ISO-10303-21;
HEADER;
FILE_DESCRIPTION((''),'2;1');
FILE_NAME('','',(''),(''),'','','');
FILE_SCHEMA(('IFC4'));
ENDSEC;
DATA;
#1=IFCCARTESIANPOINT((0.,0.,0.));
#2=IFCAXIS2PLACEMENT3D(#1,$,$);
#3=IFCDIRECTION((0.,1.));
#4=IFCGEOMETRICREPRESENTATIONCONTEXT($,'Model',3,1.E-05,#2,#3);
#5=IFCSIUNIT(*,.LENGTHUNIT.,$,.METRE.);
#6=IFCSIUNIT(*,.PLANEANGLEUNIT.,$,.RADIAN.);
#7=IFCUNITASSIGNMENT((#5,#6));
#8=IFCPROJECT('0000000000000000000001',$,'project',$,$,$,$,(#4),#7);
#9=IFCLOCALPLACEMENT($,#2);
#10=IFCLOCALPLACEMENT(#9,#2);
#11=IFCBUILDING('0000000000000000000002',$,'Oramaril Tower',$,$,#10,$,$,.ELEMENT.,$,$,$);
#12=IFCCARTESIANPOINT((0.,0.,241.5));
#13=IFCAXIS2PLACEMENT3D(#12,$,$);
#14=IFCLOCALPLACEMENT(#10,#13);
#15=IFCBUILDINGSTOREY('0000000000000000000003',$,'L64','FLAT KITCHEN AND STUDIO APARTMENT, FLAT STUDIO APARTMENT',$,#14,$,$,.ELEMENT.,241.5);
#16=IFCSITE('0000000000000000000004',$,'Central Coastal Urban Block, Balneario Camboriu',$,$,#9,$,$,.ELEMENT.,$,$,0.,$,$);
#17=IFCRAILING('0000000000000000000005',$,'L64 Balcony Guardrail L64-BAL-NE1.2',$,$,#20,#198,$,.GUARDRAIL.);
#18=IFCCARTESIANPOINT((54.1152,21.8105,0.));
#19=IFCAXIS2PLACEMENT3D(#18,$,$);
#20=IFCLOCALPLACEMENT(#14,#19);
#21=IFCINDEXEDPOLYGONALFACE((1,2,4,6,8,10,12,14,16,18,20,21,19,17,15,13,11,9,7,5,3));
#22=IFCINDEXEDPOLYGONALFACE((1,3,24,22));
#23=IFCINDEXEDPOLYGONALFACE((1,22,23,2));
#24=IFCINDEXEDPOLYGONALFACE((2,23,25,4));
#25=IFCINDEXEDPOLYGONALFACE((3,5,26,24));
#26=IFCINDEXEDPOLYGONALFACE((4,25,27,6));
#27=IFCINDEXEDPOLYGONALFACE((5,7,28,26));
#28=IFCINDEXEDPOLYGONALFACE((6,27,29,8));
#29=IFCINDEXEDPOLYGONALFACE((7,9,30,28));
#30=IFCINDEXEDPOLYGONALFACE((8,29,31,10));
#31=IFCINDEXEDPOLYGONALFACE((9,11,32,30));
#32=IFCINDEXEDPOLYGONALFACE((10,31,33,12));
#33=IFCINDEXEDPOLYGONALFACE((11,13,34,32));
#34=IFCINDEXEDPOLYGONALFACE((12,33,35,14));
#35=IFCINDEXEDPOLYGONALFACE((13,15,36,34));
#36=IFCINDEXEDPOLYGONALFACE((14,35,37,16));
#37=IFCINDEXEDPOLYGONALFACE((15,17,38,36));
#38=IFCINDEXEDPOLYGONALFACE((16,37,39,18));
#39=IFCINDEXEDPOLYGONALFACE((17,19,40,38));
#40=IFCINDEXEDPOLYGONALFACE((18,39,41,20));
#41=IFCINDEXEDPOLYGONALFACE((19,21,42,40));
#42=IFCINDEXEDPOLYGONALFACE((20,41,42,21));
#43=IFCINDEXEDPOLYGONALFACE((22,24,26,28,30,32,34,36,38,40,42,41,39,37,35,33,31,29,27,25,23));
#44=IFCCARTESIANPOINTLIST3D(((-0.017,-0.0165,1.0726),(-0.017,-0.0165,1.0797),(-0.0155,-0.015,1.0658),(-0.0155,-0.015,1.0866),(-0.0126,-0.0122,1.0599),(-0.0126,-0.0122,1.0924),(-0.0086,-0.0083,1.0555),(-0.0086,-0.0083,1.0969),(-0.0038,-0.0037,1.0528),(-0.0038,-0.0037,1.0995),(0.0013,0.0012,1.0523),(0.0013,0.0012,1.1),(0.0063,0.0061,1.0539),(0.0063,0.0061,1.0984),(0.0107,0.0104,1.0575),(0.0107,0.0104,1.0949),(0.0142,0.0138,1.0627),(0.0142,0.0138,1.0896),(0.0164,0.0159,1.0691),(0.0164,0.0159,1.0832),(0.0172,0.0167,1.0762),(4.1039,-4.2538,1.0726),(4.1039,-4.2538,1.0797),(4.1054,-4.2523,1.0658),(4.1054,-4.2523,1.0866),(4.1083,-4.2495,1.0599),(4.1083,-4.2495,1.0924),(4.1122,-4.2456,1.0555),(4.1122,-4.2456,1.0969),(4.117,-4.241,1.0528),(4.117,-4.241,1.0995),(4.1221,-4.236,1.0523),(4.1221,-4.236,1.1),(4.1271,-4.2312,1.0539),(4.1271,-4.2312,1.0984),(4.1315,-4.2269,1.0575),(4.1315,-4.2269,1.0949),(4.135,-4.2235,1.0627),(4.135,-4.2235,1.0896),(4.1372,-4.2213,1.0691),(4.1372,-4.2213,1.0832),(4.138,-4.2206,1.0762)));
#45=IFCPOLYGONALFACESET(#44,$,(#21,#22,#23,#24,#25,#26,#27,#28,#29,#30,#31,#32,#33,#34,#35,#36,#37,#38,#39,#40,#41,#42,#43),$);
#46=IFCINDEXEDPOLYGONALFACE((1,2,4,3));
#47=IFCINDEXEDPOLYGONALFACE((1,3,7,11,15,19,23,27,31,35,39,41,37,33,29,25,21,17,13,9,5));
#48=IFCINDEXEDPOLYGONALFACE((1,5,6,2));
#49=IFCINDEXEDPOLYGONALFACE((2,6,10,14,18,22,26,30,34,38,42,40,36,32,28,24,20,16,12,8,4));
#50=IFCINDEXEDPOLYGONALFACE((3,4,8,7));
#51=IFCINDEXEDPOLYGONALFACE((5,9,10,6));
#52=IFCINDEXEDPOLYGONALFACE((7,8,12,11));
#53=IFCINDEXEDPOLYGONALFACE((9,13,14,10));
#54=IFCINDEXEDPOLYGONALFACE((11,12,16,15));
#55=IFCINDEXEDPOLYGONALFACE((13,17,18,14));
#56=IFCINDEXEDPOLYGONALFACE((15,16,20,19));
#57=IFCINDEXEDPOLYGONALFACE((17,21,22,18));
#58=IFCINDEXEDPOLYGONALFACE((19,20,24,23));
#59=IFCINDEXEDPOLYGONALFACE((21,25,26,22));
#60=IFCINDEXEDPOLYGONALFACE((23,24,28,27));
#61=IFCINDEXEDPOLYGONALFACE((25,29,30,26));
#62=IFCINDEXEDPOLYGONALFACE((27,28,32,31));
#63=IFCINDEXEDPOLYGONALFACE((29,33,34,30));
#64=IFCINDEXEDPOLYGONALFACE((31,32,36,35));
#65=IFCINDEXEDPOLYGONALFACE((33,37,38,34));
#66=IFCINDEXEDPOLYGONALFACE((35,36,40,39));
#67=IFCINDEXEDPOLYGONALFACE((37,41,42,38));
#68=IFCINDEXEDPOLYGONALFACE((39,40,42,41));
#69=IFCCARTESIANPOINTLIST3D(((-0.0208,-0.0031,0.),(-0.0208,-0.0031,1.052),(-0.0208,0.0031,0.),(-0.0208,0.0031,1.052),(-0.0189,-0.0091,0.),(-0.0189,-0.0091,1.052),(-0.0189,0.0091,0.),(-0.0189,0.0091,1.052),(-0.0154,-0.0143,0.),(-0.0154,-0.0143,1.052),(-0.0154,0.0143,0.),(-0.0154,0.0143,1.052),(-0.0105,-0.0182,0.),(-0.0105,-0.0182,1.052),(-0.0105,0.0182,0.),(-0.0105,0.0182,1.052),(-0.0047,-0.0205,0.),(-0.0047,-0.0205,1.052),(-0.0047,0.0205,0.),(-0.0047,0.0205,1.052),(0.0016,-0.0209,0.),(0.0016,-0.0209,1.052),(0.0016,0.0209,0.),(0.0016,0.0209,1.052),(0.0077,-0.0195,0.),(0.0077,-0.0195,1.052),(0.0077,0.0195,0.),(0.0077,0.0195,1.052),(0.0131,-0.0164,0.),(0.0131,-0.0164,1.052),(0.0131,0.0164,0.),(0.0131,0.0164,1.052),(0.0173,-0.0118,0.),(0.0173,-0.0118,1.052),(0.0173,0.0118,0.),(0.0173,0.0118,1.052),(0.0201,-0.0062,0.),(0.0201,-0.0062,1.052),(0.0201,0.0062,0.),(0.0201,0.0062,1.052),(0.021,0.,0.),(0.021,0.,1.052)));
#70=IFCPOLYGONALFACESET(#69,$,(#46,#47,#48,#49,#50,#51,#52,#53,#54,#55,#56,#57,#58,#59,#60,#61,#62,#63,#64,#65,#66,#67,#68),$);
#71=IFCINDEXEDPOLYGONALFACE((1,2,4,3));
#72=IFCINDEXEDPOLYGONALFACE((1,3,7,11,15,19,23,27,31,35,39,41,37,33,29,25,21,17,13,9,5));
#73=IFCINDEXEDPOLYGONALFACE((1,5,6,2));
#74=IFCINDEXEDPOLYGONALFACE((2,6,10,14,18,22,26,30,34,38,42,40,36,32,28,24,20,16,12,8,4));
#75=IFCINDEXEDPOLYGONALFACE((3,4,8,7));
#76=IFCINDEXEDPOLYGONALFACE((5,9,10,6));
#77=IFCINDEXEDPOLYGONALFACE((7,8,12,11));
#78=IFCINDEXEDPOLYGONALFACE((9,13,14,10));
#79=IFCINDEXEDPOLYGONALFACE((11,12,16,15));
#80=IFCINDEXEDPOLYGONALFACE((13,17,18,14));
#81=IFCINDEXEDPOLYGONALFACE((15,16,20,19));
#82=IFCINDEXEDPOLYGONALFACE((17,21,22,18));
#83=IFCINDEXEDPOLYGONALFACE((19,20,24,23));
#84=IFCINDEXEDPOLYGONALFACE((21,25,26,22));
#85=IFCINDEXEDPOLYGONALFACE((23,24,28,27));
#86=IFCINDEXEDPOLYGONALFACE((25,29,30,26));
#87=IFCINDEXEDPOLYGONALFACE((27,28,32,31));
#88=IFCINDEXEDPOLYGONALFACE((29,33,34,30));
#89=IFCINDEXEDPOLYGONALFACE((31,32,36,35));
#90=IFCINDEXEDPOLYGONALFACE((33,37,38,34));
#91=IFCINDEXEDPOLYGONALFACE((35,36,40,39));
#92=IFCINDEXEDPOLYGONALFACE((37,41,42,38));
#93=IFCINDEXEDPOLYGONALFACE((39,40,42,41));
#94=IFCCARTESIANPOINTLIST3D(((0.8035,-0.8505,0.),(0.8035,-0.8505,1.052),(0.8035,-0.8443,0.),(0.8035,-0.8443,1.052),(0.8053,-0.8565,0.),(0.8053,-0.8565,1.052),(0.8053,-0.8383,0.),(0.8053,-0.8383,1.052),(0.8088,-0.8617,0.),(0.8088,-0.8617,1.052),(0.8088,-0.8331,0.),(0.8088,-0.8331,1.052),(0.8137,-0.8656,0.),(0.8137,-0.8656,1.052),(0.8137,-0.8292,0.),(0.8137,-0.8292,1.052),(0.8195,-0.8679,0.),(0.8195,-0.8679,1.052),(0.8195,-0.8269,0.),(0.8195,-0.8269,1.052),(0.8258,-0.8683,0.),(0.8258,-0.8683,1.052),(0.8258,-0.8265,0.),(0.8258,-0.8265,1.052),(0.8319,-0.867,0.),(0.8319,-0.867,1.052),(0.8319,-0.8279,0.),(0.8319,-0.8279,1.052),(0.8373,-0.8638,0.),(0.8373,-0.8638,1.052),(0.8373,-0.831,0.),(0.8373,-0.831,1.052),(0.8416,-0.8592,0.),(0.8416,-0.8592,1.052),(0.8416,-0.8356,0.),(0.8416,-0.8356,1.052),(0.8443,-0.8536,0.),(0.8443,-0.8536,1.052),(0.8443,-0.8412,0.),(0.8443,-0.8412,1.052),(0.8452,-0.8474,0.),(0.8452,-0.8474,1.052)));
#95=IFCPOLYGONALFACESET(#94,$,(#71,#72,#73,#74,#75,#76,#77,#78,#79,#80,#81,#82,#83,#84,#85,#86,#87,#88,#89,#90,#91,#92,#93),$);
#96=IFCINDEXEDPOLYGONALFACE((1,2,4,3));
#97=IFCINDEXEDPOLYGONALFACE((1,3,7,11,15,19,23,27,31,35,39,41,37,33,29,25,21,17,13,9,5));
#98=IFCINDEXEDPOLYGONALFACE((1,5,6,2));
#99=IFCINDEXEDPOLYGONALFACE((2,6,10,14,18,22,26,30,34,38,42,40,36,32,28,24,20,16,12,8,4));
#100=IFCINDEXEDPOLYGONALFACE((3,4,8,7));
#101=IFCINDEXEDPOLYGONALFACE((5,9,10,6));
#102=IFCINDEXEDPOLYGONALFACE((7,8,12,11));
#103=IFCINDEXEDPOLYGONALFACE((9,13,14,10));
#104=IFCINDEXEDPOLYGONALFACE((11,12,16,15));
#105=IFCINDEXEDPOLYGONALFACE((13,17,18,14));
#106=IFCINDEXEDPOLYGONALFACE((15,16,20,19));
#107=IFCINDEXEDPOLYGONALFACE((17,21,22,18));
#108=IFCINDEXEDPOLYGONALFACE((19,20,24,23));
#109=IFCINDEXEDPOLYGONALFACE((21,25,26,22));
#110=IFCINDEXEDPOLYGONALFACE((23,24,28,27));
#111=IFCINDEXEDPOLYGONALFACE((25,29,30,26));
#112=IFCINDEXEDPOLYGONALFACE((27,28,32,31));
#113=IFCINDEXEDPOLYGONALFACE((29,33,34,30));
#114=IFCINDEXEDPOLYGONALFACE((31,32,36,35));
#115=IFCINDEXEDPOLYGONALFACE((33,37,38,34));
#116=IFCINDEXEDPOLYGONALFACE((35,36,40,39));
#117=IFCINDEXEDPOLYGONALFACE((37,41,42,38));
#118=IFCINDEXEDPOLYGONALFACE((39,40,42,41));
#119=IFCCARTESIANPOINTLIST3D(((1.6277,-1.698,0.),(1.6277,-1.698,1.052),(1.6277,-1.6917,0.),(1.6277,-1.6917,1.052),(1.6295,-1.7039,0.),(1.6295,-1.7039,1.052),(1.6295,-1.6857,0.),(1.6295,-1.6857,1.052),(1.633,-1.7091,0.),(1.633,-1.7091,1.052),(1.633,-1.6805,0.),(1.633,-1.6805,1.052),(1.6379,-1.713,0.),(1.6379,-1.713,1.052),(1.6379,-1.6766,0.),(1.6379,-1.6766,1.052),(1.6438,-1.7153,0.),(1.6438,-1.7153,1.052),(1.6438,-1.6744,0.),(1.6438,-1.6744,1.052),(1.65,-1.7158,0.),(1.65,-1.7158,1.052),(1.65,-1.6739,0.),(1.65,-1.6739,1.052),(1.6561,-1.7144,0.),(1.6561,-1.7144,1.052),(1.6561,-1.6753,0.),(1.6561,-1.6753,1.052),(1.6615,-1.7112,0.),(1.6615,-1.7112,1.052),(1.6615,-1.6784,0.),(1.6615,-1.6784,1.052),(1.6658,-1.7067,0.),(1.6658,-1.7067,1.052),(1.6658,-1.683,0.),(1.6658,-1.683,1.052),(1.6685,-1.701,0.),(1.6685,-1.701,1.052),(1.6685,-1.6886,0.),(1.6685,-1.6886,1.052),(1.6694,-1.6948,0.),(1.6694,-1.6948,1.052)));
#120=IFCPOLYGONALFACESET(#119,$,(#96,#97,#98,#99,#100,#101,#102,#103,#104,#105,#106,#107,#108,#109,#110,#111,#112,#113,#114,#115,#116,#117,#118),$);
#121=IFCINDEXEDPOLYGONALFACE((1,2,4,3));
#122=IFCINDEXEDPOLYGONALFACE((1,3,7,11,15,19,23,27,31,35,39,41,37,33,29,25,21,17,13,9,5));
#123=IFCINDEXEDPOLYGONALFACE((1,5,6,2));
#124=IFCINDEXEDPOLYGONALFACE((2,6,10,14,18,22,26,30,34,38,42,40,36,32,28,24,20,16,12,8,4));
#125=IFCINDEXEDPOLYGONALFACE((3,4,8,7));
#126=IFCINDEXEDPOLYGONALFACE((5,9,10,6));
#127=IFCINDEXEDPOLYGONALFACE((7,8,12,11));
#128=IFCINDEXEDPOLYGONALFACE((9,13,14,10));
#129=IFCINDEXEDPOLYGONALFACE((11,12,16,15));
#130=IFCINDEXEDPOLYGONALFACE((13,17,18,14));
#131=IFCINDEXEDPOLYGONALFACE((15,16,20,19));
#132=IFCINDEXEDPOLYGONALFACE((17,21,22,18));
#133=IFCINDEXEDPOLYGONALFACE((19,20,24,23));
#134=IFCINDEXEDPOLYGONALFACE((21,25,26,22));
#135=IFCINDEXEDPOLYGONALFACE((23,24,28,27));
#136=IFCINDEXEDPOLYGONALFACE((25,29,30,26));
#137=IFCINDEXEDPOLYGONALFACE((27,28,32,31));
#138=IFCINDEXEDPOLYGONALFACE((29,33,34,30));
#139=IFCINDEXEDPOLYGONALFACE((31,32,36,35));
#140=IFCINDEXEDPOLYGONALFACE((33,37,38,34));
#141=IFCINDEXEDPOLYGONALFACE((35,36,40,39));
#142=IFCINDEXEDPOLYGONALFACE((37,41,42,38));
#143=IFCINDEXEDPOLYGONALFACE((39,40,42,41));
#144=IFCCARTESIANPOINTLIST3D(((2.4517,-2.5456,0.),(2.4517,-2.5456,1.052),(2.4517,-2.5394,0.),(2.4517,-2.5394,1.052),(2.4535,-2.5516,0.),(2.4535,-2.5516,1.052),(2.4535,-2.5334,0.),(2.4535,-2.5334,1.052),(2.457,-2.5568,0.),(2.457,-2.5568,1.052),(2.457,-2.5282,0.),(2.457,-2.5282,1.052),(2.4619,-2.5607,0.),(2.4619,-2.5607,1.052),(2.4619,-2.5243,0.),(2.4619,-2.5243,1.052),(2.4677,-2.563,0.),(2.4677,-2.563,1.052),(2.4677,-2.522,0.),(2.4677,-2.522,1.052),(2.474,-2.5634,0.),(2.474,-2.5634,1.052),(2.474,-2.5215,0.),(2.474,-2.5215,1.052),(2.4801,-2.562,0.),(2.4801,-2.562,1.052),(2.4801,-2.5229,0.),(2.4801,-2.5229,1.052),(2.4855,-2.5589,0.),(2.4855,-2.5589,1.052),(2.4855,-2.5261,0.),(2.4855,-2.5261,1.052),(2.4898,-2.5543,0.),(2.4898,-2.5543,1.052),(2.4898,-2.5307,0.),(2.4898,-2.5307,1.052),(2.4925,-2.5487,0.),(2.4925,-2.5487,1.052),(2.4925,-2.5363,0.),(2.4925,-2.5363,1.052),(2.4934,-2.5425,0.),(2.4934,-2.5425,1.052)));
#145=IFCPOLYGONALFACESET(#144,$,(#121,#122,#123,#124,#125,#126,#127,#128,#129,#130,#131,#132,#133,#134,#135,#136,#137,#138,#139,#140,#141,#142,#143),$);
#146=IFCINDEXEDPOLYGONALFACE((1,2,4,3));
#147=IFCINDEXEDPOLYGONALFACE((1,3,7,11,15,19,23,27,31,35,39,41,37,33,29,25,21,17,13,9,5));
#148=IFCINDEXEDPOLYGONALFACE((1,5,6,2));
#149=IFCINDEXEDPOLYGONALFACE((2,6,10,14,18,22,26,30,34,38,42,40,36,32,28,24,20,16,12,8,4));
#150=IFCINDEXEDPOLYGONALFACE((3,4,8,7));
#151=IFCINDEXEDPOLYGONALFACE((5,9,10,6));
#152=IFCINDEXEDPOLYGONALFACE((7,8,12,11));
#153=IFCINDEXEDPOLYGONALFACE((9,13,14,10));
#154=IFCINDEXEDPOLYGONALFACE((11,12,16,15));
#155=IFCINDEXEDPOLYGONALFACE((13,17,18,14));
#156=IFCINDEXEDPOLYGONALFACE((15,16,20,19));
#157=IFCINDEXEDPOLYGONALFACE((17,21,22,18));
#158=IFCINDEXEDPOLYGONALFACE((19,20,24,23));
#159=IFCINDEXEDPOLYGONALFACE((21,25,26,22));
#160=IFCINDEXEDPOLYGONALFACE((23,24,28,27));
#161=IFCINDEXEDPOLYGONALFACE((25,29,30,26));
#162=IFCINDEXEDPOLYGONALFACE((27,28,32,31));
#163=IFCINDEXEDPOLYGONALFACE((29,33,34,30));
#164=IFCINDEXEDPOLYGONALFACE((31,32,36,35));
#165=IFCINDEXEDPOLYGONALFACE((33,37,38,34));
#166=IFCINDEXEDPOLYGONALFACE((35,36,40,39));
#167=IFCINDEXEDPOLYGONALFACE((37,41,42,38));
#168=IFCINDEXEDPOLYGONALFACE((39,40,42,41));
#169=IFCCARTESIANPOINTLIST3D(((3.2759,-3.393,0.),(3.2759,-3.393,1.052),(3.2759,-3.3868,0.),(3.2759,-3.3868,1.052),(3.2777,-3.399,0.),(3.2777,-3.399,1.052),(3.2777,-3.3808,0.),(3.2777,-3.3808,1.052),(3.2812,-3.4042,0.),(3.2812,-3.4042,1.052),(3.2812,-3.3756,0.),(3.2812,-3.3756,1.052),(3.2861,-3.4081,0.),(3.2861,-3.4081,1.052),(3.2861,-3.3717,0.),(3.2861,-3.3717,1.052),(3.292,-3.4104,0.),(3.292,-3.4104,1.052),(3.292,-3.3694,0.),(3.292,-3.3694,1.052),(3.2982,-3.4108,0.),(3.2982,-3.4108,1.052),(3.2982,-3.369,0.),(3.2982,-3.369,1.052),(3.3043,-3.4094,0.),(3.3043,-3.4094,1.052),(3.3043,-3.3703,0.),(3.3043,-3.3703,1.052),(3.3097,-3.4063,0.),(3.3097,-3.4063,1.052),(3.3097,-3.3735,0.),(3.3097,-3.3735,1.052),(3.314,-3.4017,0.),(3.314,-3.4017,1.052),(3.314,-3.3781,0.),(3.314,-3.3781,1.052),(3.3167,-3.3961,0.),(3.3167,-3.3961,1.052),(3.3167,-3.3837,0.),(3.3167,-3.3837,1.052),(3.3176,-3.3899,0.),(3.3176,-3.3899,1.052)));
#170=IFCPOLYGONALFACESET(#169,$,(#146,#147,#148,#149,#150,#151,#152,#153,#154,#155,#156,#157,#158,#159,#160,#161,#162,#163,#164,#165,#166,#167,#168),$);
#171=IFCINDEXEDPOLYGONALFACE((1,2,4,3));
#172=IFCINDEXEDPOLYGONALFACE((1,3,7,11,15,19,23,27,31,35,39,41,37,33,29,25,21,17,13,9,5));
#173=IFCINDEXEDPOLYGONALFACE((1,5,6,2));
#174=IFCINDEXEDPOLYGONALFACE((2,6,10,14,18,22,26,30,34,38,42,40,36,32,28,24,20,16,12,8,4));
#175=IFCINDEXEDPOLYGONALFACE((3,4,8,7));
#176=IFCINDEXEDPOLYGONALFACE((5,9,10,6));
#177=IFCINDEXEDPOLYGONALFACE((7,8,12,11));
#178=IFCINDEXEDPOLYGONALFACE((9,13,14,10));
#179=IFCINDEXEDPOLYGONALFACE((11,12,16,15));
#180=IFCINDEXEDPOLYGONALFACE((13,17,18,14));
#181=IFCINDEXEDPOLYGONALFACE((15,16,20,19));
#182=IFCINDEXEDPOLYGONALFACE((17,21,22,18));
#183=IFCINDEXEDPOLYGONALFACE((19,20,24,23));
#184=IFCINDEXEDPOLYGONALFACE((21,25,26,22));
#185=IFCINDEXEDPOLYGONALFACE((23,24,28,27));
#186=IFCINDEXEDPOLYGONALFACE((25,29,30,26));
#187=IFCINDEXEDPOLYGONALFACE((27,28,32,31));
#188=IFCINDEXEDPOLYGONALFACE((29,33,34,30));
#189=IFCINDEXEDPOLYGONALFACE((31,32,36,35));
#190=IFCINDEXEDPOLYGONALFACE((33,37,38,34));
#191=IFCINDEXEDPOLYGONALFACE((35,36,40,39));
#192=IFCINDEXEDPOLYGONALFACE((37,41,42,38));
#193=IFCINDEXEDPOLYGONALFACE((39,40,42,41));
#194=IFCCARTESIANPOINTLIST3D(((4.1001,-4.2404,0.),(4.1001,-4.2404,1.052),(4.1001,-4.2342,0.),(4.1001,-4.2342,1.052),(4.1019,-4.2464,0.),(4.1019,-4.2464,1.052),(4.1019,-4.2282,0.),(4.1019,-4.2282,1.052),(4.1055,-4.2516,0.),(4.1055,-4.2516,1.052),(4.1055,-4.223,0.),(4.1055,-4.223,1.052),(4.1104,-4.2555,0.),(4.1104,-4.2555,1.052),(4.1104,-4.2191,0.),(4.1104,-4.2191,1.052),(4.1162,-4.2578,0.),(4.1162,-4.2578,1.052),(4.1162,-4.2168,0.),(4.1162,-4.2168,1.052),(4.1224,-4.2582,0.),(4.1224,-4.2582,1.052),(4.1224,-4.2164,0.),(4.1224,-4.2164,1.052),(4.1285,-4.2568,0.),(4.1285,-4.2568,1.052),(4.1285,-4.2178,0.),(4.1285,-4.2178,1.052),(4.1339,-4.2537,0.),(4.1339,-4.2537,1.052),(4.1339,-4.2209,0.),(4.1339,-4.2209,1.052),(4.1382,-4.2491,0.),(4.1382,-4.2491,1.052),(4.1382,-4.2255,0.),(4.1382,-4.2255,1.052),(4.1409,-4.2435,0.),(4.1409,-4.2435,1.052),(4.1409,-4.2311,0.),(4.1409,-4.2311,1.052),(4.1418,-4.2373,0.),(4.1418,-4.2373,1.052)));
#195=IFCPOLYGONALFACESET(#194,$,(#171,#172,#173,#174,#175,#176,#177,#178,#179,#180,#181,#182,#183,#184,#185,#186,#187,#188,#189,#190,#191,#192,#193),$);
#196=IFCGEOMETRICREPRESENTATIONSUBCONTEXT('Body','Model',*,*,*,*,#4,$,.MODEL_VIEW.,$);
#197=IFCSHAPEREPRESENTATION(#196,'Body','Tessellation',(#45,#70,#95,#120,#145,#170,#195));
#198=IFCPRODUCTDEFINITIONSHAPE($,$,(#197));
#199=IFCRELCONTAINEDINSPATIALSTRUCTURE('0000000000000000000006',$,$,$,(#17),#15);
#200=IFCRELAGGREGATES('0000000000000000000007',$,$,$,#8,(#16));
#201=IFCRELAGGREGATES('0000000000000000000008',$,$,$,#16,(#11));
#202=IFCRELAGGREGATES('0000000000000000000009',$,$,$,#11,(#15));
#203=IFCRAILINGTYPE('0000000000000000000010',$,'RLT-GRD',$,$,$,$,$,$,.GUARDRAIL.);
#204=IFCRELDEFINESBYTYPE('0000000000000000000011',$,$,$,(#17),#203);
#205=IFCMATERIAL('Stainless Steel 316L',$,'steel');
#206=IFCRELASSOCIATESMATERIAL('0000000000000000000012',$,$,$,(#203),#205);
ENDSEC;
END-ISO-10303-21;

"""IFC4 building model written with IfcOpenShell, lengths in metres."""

from ifc_helpers import new_model, si_unit, direction, frame, origin, origin_2d, place, context, subcontext, project, spatial, circle, extrude, material, type_object, element, save


model = new_model("IFC4")

# Units and contexts
model_context = context("Model", 3, precision=1e-05, world=origin(), true_north=direction((0.0, 1.0)))
body_context = subcontext(model_context, "Body", "Model", "MODEL_VIEW")
ifc_project = project(units=[si_unit("LENGTHUNIT", "METRE"), si_unit("PLANEANGLEUNIT", "RADIAN")], contexts=[model_context])

# Site, building, storey
site_placement = place(None, origin())
site = spatial("IfcSite", under=ifc_project, at=site_placement, Name="Central Coastal Urban Block, Balneario Camboriu", CompositionType="ELEMENT", RefElevation=0.0)
building_placement = place(site_placement, origin())
building = spatial("IfcBuilding", under=site, at=building_placement, Name="Oramaril Tower", CompositionType="ELEMENT")
storey_placement = place(building_placement, frame((0.0, 0.0, 241.5)))
storey = spatial("IfcBuildingStorey", under=building, at=storey_placement, Name="L64", Description="FLAT KITCHEN AND STUDIO APARTMENT, FLAT STUDIO APARTMENT", CompositionType="ELEMENT", Elevation=241.5)

# Railing
ifc_material_1 = material(Name="Stainless Steel 316L", Category="steel")
railing_type = type_object("IfcRailingType", Name="RLT-GRD", PredefinedType="GUARDRAIL", material=ifc_material_1)
railing_1_placement = place(storey_placement, frame((54.1152, 21.8105, 0.0)))
element("IfcRailing", 1, at=railing_1_placement, inside=storey, type_object=railing_type, Name="L64 Balcony Guardrail L64-BAL-NE1.2", PredefinedType="GUARDRAIL", context=body_context, shape_type="SweptSolid", body=[
    extrude(circle(Radius=0.0239, at=origin_2d()), frame((0.0, 0.0, 1.0762), z_axis=(0.697187, -0.716889, 0.0), x_axis=(0.716889, 0.697187, 0.0)), (0.0, 0.0, 1.0), 5.9106),
    extrude(circle(Radius=0.021, at=origin_2d()), origin(), (0.0, 0.0, 1.0), 1.052),
    extrude(circle(Radius=0.021, at=origin_2d()), frame((0.8242, -0.8474, 0.0)), (0.0, 0.0, 1.0), 1.052),
    extrude(circle(Radius=0.021, at=origin_2d()), frame((1.6484, -1.6948, 0.0)), (0.0, 0.0, 1.0), 1.052),
    extrude(circle(Radius=0.021, at=origin_2d()), frame((2.4724, -2.5425, 0.0)), (0.0, 0.0, 1.0), 1.052),
    extrude(circle(Radius=0.021, at=origin_2d()), frame((3.2966, -3.3899, 0.0)), (0.0, 0.0, 1.0), 1.052),
    extrude(circle(Radius=0.021, at=origin_2d()), frame((4.1208, -4.2373, 0.0)), (0.0, 0.0, 1.0), 1.052),
])

save(model, "model.ifc")
